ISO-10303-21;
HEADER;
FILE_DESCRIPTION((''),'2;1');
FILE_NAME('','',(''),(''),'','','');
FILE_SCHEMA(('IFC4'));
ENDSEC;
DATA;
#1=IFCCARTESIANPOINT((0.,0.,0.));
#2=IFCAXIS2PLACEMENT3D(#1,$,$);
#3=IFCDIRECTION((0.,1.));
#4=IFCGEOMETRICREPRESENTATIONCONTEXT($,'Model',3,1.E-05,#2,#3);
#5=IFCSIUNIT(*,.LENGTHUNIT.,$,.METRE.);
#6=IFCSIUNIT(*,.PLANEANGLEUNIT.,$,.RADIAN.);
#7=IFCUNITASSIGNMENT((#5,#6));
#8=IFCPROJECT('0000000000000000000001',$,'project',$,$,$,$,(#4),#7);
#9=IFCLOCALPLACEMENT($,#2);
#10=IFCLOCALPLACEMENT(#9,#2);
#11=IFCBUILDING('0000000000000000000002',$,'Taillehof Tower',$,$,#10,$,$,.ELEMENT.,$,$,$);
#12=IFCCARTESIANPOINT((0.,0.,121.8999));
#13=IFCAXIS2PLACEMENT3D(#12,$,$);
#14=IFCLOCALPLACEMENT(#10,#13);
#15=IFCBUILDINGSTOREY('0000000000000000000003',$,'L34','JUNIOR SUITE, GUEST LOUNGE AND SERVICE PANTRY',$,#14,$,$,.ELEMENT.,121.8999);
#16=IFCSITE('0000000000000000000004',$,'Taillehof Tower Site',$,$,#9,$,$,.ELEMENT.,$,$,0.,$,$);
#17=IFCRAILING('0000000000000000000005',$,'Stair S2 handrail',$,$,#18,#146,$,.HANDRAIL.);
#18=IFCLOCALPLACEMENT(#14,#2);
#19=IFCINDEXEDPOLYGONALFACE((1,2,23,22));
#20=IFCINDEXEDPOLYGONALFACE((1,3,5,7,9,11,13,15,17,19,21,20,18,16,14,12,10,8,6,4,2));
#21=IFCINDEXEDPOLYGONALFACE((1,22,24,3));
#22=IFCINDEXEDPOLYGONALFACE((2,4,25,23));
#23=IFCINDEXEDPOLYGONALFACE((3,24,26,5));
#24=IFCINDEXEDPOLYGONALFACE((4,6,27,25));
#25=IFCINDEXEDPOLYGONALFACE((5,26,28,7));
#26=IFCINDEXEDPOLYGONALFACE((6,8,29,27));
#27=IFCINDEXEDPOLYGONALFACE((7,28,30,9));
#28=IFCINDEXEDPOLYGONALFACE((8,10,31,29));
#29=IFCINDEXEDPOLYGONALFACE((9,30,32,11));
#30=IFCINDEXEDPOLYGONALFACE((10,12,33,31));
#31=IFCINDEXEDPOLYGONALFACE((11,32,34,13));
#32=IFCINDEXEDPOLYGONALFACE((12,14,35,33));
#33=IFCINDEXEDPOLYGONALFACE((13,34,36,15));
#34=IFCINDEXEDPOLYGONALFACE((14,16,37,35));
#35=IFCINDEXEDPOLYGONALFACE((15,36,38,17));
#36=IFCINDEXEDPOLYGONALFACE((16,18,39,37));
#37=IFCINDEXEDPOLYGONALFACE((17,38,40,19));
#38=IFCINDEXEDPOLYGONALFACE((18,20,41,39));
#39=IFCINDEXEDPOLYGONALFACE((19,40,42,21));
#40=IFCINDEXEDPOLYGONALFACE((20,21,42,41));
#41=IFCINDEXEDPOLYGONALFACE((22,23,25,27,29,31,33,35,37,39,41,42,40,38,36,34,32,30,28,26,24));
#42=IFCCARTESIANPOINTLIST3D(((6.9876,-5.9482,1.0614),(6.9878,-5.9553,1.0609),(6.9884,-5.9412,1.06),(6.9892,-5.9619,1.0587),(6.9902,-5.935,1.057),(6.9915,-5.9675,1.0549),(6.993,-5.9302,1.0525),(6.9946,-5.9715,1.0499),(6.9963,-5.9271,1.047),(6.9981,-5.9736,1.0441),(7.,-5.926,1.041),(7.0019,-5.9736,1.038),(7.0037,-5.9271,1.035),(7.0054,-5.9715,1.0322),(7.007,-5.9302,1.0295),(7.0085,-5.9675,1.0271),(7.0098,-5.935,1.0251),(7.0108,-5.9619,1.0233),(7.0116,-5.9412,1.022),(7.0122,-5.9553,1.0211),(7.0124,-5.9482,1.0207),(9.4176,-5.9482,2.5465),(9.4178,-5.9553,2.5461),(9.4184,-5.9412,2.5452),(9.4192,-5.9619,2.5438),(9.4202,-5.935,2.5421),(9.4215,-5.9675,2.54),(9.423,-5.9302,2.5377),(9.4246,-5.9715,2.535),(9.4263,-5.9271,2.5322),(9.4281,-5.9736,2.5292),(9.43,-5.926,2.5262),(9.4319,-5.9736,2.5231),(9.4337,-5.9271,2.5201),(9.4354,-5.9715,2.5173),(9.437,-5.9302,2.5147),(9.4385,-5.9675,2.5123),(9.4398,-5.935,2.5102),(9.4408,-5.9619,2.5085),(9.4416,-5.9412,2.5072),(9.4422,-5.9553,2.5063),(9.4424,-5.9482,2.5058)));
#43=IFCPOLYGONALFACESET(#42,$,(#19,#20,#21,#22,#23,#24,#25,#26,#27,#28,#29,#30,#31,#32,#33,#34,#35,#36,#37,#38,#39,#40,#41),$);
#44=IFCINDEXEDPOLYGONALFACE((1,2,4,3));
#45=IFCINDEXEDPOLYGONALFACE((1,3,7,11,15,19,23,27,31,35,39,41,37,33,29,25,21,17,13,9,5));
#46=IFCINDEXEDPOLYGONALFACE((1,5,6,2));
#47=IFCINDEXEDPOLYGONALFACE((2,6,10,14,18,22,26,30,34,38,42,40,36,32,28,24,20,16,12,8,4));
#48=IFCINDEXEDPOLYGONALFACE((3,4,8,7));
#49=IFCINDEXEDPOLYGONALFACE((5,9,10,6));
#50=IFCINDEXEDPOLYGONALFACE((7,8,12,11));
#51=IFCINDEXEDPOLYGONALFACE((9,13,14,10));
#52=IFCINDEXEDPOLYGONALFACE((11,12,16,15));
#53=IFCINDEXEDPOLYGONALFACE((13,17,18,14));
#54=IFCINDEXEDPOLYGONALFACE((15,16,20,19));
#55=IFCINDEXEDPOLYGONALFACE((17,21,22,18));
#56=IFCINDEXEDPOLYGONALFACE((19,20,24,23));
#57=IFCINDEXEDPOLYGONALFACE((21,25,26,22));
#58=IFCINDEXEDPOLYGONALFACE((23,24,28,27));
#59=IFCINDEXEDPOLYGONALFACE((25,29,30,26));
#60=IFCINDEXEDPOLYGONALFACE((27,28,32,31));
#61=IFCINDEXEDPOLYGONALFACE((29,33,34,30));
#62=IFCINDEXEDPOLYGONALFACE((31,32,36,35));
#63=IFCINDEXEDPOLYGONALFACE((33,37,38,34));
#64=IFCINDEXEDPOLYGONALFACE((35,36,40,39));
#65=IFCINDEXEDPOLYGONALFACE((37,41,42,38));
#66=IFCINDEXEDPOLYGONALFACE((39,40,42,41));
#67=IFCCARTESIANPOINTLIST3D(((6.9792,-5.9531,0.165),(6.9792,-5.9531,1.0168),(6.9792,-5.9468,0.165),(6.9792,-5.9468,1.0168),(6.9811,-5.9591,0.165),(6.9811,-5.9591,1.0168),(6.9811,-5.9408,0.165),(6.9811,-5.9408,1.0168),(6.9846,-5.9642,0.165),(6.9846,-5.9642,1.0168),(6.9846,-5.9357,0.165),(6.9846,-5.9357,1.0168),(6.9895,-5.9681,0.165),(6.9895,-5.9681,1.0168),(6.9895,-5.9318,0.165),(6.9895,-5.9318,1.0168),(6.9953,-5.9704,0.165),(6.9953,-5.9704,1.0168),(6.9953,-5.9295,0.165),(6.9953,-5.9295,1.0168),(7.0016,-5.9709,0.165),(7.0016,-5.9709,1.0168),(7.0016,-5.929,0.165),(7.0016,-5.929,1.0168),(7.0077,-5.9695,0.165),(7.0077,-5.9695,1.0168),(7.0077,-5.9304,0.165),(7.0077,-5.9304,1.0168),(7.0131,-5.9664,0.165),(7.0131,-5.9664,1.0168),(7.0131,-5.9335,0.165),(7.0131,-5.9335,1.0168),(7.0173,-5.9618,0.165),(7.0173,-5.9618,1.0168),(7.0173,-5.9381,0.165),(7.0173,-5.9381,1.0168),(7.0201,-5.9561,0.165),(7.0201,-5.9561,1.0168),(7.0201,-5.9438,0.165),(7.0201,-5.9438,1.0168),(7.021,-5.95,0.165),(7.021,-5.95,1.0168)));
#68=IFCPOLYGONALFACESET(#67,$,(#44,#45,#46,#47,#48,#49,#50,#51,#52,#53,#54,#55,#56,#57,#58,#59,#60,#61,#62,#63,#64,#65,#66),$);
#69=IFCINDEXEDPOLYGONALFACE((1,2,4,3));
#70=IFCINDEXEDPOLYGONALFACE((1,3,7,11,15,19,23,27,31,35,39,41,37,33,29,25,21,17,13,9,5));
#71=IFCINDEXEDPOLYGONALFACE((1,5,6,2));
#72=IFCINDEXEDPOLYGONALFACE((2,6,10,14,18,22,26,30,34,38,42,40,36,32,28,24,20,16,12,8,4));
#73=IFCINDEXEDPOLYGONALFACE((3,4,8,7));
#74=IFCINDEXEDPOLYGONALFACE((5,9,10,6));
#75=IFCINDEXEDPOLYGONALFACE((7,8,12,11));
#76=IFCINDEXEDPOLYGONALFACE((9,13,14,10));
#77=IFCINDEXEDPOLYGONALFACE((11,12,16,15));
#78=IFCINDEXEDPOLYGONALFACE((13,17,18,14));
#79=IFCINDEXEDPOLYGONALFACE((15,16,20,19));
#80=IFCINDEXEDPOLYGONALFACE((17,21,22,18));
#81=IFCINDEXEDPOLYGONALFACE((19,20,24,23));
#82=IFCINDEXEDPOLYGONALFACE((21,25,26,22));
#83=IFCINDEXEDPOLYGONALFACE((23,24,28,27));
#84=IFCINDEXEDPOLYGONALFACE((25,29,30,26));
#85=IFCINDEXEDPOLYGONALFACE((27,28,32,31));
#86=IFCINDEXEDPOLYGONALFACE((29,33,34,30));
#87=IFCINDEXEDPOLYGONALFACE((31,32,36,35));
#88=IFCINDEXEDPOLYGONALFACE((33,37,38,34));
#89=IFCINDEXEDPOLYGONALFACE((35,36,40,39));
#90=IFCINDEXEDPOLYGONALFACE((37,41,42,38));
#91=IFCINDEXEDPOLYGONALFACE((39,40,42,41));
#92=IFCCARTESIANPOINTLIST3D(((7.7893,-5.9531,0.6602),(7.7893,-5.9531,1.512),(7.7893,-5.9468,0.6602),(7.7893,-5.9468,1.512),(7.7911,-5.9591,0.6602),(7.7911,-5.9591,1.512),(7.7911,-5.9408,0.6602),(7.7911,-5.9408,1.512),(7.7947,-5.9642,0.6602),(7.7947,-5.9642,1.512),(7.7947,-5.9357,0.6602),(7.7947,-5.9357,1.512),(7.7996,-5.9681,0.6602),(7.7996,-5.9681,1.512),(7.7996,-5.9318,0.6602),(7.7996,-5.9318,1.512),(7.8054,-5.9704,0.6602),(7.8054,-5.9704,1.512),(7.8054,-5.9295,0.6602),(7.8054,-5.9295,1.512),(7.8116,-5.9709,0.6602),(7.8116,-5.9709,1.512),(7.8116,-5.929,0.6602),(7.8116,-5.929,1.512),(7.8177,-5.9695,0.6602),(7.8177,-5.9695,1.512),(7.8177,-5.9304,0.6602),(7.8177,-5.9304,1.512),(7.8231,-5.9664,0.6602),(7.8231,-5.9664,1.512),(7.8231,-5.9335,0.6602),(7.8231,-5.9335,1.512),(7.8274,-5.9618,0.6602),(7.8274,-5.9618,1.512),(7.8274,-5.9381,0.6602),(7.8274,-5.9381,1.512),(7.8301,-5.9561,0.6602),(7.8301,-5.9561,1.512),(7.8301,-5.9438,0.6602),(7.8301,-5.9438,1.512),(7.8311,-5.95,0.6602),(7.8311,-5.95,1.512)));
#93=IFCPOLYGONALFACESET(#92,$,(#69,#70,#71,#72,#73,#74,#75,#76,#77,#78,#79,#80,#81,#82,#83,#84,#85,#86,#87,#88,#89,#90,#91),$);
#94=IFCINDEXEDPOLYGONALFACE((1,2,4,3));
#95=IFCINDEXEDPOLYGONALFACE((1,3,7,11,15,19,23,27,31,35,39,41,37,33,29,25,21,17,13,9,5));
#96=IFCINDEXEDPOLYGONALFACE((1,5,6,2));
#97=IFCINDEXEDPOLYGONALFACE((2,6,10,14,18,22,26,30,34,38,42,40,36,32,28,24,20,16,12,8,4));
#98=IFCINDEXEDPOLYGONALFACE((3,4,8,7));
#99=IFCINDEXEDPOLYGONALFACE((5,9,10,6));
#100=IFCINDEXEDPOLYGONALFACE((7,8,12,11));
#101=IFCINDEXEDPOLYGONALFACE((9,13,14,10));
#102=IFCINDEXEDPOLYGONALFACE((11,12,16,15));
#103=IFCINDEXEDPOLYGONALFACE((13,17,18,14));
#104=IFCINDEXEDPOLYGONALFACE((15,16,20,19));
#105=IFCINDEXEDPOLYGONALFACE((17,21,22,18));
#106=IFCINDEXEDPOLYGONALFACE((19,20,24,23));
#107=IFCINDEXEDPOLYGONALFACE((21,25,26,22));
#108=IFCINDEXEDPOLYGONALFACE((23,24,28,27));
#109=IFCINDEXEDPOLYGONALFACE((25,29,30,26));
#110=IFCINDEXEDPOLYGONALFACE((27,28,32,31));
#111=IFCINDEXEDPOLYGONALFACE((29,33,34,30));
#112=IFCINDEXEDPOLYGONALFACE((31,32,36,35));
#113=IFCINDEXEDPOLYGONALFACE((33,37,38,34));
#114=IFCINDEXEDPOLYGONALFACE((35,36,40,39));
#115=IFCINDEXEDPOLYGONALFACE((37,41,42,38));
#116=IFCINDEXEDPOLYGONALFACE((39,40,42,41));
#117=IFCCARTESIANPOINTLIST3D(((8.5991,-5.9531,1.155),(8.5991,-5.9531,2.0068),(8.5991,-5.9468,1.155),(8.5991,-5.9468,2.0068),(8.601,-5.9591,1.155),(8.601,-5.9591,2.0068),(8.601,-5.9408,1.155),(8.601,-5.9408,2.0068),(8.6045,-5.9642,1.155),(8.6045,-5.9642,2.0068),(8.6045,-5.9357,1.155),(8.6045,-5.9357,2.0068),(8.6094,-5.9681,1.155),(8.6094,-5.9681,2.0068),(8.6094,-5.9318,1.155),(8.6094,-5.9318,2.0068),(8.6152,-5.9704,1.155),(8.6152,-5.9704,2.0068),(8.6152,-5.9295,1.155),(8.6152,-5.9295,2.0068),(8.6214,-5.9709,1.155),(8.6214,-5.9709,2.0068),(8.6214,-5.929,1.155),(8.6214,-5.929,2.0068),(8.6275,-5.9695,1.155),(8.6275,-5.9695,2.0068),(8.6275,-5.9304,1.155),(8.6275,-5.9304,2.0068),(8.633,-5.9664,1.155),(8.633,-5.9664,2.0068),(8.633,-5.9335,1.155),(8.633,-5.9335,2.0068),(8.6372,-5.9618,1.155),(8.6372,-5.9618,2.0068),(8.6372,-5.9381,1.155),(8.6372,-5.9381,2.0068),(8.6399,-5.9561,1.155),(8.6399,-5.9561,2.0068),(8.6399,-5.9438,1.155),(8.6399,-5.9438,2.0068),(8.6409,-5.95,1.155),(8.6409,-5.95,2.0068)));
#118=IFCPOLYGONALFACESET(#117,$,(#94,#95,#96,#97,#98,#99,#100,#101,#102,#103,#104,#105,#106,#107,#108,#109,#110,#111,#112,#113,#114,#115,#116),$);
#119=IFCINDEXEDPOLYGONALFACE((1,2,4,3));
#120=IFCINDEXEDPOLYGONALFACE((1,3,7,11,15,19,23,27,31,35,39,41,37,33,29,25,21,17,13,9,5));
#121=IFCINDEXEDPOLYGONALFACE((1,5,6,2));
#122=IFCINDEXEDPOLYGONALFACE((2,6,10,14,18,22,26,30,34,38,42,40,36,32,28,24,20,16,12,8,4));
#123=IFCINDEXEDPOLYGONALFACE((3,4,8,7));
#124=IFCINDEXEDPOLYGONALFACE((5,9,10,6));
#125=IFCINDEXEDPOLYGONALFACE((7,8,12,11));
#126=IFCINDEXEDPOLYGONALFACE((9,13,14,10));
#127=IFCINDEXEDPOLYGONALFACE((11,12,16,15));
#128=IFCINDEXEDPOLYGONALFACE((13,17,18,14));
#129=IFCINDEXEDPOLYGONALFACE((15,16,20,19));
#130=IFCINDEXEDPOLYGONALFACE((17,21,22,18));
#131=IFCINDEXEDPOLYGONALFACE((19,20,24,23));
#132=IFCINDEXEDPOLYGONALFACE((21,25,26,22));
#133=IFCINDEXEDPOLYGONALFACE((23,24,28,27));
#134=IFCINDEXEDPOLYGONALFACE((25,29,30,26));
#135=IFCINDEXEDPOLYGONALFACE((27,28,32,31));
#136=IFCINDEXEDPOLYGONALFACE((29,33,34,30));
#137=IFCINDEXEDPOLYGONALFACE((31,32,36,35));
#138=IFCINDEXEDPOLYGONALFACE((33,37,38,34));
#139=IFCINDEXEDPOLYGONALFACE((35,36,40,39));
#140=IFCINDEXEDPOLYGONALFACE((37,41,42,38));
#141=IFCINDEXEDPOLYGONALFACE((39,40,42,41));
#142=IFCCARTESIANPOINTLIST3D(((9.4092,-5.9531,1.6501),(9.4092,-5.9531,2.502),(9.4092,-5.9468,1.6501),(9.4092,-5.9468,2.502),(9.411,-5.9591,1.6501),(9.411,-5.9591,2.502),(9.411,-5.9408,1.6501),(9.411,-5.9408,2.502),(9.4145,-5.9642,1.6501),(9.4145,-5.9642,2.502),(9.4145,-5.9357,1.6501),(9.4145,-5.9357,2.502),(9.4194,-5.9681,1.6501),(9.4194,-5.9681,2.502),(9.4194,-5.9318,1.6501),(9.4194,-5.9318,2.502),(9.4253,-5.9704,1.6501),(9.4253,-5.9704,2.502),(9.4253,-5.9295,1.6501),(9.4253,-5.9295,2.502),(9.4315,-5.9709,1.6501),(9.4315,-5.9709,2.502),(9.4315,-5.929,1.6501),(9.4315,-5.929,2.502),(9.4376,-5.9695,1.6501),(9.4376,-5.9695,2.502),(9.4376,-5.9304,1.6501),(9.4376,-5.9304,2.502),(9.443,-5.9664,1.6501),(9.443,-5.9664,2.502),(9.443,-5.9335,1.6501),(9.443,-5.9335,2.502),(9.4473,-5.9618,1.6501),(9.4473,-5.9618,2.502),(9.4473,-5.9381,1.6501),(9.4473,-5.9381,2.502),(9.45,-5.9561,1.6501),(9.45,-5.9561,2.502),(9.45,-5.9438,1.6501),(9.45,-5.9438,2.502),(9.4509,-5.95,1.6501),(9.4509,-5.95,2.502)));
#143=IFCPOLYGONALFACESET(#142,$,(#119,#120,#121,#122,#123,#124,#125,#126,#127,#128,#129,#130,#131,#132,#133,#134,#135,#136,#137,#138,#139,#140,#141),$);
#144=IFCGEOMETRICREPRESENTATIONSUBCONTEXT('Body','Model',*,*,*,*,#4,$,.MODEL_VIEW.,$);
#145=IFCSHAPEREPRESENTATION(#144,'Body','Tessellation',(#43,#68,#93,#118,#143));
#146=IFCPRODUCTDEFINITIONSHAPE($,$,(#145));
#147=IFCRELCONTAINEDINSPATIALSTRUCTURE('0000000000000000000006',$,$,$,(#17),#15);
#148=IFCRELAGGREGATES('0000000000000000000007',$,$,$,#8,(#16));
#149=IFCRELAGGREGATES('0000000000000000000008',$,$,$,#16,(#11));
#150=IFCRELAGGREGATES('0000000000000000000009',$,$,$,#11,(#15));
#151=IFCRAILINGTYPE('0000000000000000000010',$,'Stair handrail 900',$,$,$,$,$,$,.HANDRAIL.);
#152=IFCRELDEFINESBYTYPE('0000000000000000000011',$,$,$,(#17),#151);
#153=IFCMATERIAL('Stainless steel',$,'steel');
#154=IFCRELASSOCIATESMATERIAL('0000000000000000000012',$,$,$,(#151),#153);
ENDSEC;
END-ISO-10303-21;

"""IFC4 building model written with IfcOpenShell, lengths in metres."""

from ifc_helpers import new_model, si_unit, direction, frame, origin, origin_2d, place, context, subcontext, project, spatial, circle, extrude, material, type_object, element, save


model = new_model("IFC4")

# Units and contexts
model_context = context("Model", 3, precision=1e-05, world=origin(), true_north=direction((0.0, 1.0)))
body_context = subcontext(model_context, "Body", "Model", "MODEL_VIEW")
ifc_project = project(units=[si_unit("LENGTHUNIT", "METRE"), si_unit("PLANEANGLEUNIT", "RADIAN")], contexts=[model_context])

# Site, building, storey
site_placement = place(None, origin())
site = spatial("IfcSite", under=ifc_project, at=site_placement, Name="Taillehof Tower Site", CompositionType="ELEMENT", RefElevation=0.0)
building_placement = place(site_placement, origin())
building = spatial("IfcBuilding", under=site, at=building_placement, Name="Taillehof Tower", CompositionType="ELEMENT")
storey_placement = place(building_placement, frame((0.0, 0.0, 121.8999)))
storey = spatial("IfcBuildingStorey", under=building, at=storey_placement, Name="L34", Description="JUNIOR SUITE, GUEST LOUNGE AND SERVICE PANTRY", CompositionType="ELEMENT", Elevation=121.8999)

# Railing
ifc_material_1 = material(Name="Stainless steel", Category="steel")
railing_type = type_object("IfcRailingType", Name="Stair handrail 900", PredefinedType="HANDRAIL", material=ifc_material_1)
railing_1_placement = place(storey_placement, frame((7.0, -5.95, 0.165)))
element("IfcRailing", 1, at=railing_1_placement, inside=storey, type_object=railing_type, Name="Stair S2 handrail", PredefinedType="HANDRAIL", context=body_context, shape_type="SweptSolid", body=[
    extrude(circle(Radius=0.0239, at=origin_2d()), frame((0.0, 0.0, 0.876), z_axis=(0.853259, 0.0, 0.521488), x_axis=(0.0, 1.0, 0.0)), (0.0, 0.0, 1.0), 2.8479),
    extrude(circle(Radius=0.021, at=origin_2d()), origin(), (0.0, 0.0, 1.0), 0.8518),
    extrude(circle(Radius=0.021, at=origin_2d()), frame((0.8101, 0.0, 0.4951)), (0.0, 0.0, 1.0), 0.8518),
    extrude(circle(Radius=0.021, at=origin_2d()), frame((1.6199, 0.0, 0.99)), (0.0, 0.0, 1.0), 0.8518),
    extrude(circle(Radius=0.021, at=origin_2d()), frame((2.4299, 0.0, 1.4851)), (0.0, 0.0, 1.0), 0.8518),
])

save(model, "model.ifc")
